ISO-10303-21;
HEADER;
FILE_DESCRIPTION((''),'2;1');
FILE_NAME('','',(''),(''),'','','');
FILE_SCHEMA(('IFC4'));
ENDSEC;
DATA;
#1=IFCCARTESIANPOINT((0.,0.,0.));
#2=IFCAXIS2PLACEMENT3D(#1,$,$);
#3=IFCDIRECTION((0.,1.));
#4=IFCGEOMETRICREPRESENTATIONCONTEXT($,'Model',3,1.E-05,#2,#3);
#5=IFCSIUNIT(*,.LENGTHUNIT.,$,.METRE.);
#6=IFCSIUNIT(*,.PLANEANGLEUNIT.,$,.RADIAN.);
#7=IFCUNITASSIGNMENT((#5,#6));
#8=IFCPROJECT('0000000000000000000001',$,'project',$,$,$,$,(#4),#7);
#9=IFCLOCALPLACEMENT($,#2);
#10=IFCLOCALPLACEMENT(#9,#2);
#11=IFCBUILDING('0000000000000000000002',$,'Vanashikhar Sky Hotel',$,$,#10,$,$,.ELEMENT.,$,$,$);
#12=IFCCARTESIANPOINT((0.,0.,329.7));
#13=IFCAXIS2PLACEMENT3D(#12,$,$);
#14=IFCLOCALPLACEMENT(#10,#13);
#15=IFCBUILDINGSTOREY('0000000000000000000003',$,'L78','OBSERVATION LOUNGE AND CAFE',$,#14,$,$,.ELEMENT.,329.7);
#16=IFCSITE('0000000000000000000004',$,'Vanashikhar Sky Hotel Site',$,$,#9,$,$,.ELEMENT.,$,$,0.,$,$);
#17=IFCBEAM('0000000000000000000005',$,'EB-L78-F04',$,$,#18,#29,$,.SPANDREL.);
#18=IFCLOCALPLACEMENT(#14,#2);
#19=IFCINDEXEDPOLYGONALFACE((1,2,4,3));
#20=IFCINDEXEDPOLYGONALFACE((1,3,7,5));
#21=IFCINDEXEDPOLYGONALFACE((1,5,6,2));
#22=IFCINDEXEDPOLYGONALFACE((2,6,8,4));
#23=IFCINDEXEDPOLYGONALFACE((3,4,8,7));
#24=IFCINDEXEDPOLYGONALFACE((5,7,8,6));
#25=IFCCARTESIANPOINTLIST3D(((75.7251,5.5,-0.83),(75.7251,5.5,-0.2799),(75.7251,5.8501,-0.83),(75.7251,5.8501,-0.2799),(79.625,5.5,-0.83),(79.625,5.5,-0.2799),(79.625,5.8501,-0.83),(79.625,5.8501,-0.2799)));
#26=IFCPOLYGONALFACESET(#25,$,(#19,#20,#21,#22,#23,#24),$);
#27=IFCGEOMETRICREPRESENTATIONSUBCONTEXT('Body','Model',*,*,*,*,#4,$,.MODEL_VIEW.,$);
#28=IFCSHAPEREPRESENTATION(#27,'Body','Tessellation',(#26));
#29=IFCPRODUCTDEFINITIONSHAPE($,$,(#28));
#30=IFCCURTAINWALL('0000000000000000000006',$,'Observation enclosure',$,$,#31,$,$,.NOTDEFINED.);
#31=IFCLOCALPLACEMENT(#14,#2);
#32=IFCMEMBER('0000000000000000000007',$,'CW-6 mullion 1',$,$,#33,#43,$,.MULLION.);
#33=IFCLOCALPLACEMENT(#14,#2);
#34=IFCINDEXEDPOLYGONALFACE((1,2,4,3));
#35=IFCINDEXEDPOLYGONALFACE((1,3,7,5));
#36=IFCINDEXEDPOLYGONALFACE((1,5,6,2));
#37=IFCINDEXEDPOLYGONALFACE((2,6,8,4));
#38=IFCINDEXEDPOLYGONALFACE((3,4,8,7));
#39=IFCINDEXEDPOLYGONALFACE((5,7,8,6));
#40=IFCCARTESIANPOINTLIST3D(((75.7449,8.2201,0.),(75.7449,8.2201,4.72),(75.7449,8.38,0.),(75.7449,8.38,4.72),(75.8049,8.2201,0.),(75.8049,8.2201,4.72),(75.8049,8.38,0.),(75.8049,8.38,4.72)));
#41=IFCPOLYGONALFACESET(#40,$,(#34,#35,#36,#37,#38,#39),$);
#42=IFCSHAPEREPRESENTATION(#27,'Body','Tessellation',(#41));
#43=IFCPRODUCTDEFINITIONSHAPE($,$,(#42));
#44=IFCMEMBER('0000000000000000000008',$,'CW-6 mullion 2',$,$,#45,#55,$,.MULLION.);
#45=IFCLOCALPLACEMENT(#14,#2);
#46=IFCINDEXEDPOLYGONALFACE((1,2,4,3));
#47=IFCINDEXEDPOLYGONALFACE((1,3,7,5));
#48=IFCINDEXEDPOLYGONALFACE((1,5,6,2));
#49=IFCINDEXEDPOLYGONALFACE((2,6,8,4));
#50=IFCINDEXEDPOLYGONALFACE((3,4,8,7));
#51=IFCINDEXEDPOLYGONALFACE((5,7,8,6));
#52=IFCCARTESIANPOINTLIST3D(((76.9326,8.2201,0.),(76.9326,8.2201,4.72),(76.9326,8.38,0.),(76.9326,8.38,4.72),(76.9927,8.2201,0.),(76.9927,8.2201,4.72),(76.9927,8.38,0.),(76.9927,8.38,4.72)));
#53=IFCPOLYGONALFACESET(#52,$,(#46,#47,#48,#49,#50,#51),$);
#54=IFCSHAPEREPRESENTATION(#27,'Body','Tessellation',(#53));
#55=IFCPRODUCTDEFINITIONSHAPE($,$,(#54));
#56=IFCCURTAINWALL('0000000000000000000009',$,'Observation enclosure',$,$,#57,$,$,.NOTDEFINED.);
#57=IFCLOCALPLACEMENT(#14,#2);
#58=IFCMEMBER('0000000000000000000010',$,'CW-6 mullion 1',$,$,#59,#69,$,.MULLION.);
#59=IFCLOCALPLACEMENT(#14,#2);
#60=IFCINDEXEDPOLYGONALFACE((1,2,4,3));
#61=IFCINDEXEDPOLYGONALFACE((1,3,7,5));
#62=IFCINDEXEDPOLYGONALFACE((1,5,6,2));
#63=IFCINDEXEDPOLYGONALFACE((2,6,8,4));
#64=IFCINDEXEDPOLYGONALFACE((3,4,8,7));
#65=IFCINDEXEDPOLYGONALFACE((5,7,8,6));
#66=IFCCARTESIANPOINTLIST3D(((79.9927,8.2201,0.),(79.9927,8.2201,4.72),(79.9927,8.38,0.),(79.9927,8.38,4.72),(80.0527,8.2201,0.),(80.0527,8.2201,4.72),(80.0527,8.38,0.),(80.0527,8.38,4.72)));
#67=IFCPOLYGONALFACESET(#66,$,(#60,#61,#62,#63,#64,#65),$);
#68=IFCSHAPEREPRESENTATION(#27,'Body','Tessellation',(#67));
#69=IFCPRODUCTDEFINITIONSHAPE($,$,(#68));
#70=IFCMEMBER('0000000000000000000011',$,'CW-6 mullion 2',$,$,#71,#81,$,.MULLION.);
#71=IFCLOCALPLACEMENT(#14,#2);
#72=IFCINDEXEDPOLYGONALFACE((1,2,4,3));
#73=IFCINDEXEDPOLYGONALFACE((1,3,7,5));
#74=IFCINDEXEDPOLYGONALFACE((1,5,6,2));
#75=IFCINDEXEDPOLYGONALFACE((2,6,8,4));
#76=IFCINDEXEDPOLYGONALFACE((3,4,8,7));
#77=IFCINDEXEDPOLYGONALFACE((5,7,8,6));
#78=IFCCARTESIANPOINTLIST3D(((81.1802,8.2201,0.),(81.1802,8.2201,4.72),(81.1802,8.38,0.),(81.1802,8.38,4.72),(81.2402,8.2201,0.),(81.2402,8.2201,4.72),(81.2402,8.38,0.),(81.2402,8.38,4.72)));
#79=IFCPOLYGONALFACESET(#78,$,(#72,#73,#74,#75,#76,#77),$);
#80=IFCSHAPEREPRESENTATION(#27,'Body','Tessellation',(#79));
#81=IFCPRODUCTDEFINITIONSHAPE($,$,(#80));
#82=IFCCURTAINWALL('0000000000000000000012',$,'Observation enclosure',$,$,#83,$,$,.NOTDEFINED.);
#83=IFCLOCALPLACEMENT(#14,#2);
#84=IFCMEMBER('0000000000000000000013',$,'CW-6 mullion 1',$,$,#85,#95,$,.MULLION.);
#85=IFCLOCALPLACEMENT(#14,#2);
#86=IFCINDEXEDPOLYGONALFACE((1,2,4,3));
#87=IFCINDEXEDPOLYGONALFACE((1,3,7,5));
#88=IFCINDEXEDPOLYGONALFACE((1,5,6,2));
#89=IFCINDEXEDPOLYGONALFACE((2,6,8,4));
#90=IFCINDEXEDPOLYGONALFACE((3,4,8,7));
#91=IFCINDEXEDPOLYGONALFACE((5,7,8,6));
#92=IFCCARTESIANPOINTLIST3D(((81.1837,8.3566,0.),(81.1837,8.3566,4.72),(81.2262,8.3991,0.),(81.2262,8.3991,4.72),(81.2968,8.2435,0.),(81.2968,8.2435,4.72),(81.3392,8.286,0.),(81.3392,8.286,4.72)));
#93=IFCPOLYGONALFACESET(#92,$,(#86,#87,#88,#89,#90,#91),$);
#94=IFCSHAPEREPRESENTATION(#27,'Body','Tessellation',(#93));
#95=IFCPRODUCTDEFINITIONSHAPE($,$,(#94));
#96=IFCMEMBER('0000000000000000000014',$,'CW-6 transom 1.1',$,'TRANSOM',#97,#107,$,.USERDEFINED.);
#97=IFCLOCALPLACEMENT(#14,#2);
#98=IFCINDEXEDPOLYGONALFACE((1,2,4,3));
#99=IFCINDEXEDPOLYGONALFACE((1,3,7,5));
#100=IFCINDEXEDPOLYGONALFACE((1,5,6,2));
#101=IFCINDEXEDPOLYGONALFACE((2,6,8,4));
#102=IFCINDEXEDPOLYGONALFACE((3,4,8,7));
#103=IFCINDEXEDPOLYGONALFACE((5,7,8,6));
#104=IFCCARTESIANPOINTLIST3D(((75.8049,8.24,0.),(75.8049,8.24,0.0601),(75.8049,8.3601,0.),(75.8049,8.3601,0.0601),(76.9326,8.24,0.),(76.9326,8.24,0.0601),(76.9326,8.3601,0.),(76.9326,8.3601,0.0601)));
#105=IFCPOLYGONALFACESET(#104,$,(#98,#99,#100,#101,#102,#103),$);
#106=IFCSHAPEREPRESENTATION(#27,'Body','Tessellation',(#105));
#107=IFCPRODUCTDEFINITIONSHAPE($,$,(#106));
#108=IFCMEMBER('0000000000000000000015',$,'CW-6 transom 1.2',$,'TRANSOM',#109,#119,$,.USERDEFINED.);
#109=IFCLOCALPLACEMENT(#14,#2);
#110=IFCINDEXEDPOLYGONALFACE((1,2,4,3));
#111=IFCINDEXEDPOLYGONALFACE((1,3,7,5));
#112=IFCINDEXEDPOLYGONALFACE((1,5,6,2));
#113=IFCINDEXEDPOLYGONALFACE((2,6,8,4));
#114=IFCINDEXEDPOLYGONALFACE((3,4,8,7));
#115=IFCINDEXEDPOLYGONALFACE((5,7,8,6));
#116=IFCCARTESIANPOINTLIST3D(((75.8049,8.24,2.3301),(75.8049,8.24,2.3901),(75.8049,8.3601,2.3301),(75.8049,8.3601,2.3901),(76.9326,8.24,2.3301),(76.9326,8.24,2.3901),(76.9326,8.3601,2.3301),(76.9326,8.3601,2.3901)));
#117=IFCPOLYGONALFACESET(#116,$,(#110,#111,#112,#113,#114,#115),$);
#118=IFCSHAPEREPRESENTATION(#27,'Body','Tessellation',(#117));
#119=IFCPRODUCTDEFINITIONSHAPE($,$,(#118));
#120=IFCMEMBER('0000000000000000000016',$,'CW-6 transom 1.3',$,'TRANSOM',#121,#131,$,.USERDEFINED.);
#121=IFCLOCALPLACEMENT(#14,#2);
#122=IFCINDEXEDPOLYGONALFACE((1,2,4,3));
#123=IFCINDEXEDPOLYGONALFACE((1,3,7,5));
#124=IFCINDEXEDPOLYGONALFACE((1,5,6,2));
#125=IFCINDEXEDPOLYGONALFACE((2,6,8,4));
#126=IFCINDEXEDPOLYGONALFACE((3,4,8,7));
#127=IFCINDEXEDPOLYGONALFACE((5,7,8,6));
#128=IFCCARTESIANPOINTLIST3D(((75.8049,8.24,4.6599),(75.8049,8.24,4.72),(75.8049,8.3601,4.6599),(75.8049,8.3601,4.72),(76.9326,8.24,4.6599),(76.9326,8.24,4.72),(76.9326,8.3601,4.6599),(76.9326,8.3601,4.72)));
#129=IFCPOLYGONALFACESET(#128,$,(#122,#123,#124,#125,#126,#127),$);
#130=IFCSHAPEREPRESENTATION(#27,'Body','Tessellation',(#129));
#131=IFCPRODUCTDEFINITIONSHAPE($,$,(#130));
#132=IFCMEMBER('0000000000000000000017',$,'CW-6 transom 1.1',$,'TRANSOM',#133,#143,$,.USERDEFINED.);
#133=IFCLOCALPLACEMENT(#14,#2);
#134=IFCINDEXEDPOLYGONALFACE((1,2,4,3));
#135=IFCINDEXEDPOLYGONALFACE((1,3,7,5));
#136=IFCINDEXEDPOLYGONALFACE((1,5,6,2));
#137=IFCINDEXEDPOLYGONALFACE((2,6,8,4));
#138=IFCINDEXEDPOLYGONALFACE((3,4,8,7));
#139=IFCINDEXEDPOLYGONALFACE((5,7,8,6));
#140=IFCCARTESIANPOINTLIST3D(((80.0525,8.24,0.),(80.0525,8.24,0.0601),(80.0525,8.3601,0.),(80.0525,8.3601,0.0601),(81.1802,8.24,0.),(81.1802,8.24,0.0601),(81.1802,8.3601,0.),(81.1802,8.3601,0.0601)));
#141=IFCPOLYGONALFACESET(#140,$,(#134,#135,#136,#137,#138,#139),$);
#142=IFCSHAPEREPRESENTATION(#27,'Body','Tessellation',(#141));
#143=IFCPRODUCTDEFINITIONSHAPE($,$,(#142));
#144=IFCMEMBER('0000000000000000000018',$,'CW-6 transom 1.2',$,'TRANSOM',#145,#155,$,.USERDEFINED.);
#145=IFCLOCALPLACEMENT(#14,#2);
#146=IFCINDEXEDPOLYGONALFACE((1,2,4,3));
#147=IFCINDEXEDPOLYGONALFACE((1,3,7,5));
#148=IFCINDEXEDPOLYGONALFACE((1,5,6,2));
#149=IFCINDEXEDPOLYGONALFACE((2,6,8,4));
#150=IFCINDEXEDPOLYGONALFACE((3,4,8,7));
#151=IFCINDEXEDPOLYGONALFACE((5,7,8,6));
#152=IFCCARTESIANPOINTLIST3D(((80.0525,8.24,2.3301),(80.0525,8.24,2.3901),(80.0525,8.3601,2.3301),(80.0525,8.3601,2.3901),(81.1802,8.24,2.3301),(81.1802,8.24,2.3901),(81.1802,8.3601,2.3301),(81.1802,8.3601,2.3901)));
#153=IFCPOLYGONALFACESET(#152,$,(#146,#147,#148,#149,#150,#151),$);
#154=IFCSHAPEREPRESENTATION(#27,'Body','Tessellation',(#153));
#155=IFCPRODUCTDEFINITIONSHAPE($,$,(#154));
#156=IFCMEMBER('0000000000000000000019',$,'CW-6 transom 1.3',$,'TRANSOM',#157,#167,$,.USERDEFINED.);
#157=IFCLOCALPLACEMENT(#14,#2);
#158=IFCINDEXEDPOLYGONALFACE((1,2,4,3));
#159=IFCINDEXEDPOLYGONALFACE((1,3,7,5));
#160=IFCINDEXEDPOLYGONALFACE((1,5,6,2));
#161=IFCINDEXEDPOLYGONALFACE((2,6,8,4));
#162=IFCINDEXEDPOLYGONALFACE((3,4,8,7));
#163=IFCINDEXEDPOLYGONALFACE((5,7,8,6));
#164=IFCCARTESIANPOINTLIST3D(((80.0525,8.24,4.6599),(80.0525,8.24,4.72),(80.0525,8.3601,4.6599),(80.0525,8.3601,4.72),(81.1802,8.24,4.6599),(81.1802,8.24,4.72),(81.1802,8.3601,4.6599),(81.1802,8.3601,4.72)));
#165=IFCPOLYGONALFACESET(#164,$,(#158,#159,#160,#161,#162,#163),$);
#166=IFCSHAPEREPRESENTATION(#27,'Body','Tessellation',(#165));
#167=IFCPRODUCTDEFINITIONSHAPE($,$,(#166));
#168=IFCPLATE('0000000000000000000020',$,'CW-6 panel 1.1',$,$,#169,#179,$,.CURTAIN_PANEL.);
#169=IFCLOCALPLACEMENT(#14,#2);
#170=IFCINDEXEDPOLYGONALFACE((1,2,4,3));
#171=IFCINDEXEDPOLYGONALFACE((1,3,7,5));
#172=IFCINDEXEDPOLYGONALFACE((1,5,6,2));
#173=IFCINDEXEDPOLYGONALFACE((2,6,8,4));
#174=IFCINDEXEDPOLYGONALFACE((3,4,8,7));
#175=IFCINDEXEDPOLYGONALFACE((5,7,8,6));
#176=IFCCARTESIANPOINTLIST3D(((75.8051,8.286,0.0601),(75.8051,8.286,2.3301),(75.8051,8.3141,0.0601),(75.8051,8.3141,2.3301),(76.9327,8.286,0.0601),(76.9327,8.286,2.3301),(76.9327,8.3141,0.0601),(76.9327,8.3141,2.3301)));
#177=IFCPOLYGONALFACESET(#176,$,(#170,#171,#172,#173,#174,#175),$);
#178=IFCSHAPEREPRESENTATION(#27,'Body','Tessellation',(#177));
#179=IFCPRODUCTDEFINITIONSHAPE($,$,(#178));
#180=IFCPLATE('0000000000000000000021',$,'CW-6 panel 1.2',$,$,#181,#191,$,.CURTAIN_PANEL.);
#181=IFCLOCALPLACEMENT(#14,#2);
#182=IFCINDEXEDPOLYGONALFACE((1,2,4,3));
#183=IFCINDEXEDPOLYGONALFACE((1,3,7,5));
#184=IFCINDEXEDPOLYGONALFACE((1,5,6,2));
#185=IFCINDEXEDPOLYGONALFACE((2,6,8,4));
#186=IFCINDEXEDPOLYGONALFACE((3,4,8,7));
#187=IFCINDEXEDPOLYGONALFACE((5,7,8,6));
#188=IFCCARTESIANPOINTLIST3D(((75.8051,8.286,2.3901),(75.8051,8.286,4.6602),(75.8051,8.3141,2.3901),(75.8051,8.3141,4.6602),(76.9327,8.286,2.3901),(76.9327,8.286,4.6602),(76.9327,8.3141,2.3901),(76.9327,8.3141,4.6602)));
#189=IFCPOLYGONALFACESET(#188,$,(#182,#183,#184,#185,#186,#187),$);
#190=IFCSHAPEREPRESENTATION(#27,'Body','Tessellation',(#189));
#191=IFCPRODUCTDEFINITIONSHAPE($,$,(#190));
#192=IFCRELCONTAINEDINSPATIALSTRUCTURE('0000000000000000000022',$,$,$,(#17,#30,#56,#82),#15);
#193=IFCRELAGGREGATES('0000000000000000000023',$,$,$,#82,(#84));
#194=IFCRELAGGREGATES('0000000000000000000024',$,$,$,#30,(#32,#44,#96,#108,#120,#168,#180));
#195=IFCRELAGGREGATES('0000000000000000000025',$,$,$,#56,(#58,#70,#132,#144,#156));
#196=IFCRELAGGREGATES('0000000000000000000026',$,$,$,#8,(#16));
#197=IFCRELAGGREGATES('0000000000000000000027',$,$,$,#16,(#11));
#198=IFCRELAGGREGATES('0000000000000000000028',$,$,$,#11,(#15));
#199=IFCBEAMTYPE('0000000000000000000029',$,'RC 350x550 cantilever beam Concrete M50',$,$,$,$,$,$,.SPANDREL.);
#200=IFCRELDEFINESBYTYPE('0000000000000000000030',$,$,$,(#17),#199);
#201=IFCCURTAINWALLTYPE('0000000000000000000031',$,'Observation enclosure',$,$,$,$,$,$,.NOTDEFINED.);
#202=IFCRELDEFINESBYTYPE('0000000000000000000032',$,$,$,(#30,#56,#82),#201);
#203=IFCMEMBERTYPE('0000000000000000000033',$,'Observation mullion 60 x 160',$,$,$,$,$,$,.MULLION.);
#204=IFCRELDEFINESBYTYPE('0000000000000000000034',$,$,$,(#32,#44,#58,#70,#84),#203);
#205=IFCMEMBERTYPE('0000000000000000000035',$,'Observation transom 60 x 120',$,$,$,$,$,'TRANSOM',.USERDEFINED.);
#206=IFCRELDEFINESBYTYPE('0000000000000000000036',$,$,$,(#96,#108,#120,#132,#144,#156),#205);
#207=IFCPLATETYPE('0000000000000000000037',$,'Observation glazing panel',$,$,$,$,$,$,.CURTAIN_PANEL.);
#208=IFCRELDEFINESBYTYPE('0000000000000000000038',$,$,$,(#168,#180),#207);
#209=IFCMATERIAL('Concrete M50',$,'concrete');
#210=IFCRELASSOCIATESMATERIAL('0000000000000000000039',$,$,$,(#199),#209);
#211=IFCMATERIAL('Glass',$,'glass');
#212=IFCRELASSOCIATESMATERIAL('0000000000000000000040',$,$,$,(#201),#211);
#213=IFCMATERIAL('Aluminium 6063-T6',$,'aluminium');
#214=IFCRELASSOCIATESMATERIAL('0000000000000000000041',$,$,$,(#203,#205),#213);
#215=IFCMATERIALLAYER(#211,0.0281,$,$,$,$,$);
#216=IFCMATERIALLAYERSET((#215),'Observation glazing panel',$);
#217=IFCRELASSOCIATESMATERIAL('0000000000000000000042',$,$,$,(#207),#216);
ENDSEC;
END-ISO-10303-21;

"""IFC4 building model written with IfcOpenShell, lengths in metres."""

from ifc_helpers import new_model, si_unit, direction, frame, origin, origin_2d, place, context, subcontext, project, spatial, rectangle, extrude, source, transform, mapped, material, layer, layer_set, material_profile, profile_set, type_object, element, aggregate, save


model = new_model("IFC4")

# Units and contexts
model_context = context("Model", 3, precision=1e-05, world=origin(), true_north=direction((0.0, 1.0)))
body_context = subcontext(model_context, "Body", "Model", "MODEL_VIEW")
ifc_project = project(units=[si_unit("LENGTHUNIT", "METRE"), si_unit("PLANEANGLEUNIT", "RADIAN")], contexts=[model_context])

# Site, building, storey
site_placement = place(None, origin())
site = spatial("IfcSite", under=ifc_project, at=site_placement, Name="Vanashikhar Sky Hotel Site", CompositionType="ELEMENT", RefElevation=0.0)
building_placement = place(site_placement, origin())
building = spatial("IfcBuilding", under=site, at=building_placement, Name="Vanashikhar Sky Hotel", CompositionType="ELEMENT")
storey_placement = place(building_placement, frame((0.0, 0.0, 329.7)))
storey = spatial("IfcBuildingStorey", under=building, at=storey_placement, Name="L78", Description="OBSERVATION LOUNGE AND CAFE", CompositionType="ELEMENT", Elevation=329.7)

# Beam
ifc_material_1 = material(Name="Concrete M50", Category="concrete")
ifc_material_profile_1 = material_profile(ifc_material_1, rectangle(XDim=0.3501, YDim=0.55, at=origin_2d()))
ifc_profile_set_1 = profile_set([ifc_material_profile_1], Name="RC 350x550 cantilever beam Concrete M50")
beam_type = type_object("IfcBeamType", Name="RC 350x550 cantilever beam Concrete M50", PredefinedType="SPANDREL", material=ifc_profile_set_1)
shared_shape_1 = source(origin(), body_context, "Body", "SweptSolid", [
    extrude(rectangle(XDim=0.3501, YDim=0.55, at=origin_2d()), origin(), (0.0, 0.0, 1.0), 3.8999),
])
beam_placement = place(storey_placement, frame((75.7251, 5.675, -0.5549), z_axis=(1.0, 0.0, 0.0), x_axis=(0.0, 1.0, 0.0)))
element("IfcBeam", 1, at=beam_placement, inside=storey, type_object=beam_type, Name="EB-L78-F04", PredefinedType="SPANDREL", context=body_context, shape_type="MappedRepresentation", body=[
    mapped(shared_shape_1, transform((0.0, 0.0, 0.0), scale=1.0)),
])

# Curtain walls, members
ifc_material_2 = material(Name="Glass", Category="glass")
curtain_wall_type = type_object("IfcCurtainWallType", Name="Observation enclosure", PredefinedType="NOTDEFINED", material=ifc_material_2)
curtain_wall_1_placement = place(storey_placement, origin())
curtain_wall_1 = element("IfcCurtainWall", 2, at=curtain_wall_1_placement, inside=storey, type_object=curtain_wall_type, Name="Observation enclosure", PredefinedType="NOTDEFINED")
ifc_material_3 = material(Name="Aluminium 6063-T6", Category="aluminium")
ifc_material_profile_2 = material_profile(ifc_material_3, rectangle(XDim=0.1599, YDim=0.0601, at=origin_2d()))
ifc_profile_set_2 = profile_set([ifc_material_profile_2], Name="Aluminium 6063-T6")
member_type_1 = type_object("IfcMemberType", Name="Observation mullion 60 x 160", PredefinedType="MULLION", material=ifc_profile_set_2)
shared_shape_2 = source(origin(), body_context, "Body", "SweptSolid", [
    extrude(rectangle(XDim=0.1599, YDim=0.0601, at=origin_2d()), origin(), (0.0, 0.0, 1.0), 4.72),
])
member_1_placement = place(storey_placement, frame((75.7749, 8.3, 0.0), z_axis=(0.0, 0.0, 1.0), x_axis=(0.0, 1.0, 0.0)))
member_1 = element("IfcMember", 3, at=member_1_placement, type_object=member_type_1, Name="CW-6 mullion 1", PredefinedType="MULLION", context=body_context, shape_type="MappedRepresentation", body=[
    mapped(shared_shape_2, transform((0.0, 0.0, 0.0), scale=1.0)),
])
member_2_placement = place(storey_placement, frame((76.9626, 8.3, 0.0), z_axis=(0.0, 0.0, 1.0), x_axis=(0.0, 1.0, 0.0)))
member_2 = element("IfcMember", 4, at=member_2_placement, type_object=member_type_1, Name="CW-6 mullion 2", PredefinedType="MULLION", context=body_context, shape_type="MappedRepresentation", body=[
    mapped(shared_shape_2, transform((0.0, 0.0, 0.0), scale=1.0)),
])
curtain_wall_2_placement = place(storey_placement, origin())
curtain_wall_2 = element("IfcCurtainWall", 5, at=curtain_wall_2_placement, inside=storey, type_object=curtain_wall_type, Name="Observation enclosure", PredefinedType="NOTDEFINED")
member_3_placement = place(storey_placement, frame((80.0227, 8.3, 0.0), z_axis=(0.0, 0.0, 1.0), x_axis=(0.0, 1.0, 0.0)))
member_3 = element("IfcMember", 6, at=member_3_placement, type_object=member_type_1, Name="CW-6 mullion 1", PredefinedType="MULLION", context=body_context, shape_type="MappedRepresentation", body=[
    mapped(shared_shape_2, transform((0.0, 0.0, 0.0), scale=1.0)),
])
member_4_placement = place(storey_placement, frame((81.2102, 8.3, 0.0), z_axis=(0.0, 0.0, 1.0), x_axis=(0.0, 1.0, 0.0)))
member_4 = element("IfcMember", 7, at=member_4_placement, type_object=member_type_1, Name="CW-6 mullion 2", PredefinedType="MULLION", context=body_context, shape_type="MappedRepresentation", body=[
    mapped(shared_shape_2, transform((0.0, 0.0, 0.0), scale=1.0)),
])

# Curtain wall, member
curtain_wall_3_placement = place(storey_placement, origin())
curtain_wall_3 = element("IfcCurtainWall", 8, at=curtain_wall_3_placement, inside=storey, type_object=curtain_wall_type, Name="Observation enclosure", PredefinedType="NOTDEFINED")
member_5_placement = place(storey_placement, frame((81.2615, 8.3213, 0.0), z_axis=(0.0, 0.0, 1.0), x_axis=(-0.707107, 0.707107, 0.0)))
member_5 = element("IfcMember", 9, at=member_5_placement, type_object=member_type_1, Name="CW-6 mullion 1", PredefinedType="MULLION", context=body_context, shape_type="MappedRepresentation", body=[
    mapped(shared_shape_2, transform((0.0, 0.0, 0.0), scale=1.0)),
])
aggregate(curtain_wall_3, [member_5])

# Members
ifc_material_profile_3 = material_profile(ifc_material_3, rectangle(XDim=0.1201, YDim=0.0601, at=origin_2d()))
ifc_profile_set_3 = profile_set([ifc_material_profile_3], Name="Aluminium 6063-T6")
member_type_2 = type_object("IfcMemberType", Name="Observation transom 60 x 120", ElementType="TRANSOM", PredefinedType="USERDEFINED", material=ifc_profile_set_3)
shared_shape_3 = source(origin(), body_context, "Body", "SweptSolid", [
    extrude(rectangle(XDim=0.1201, YDim=0.0601, at=origin_2d()), origin(), (0.0, 0.0, 1.0), 1.1277),
])
member_6_placement = place(storey_placement, frame((75.8049, 8.3, 0.03), z_axis=(1.0, 0.0, 0.0), x_axis=(0.0, 1.0, 0.0)))
member_6 = element("IfcMember", 10, at=member_6_placement, type_object=member_type_2, Name="CW-6 transom 1.1", ObjectType="TRANSOM", PredefinedType="USERDEFINED", context=body_context, shape_type="MappedRepresentation", body=[
    mapped(shared_shape_3, transform((0.0, 0.0, 0.0), scale=1.0)),
])
member_7_placement = place(storey_placement, frame((75.8049, 8.3, 2.3601), z_axis=(1.0, 0.0, 0.0), x_axis=(0.0, 1.0, 0.0)))
member_7 = element("IfcMember", 11, at=member_7_placement, type_object=member_type_2, Name="CW-6 transom 1.2", ObjectType="TRANSOM", PredefinedType="USERDEFINED", context=body_context, shape_type="MappedRepresentation", body=[
    mapped(shared_shape_3, transform((0.0, 0.0, 0.0), scale=1.0)),
])
member_8_placement = place(storey_placement, frame((75.8049, 8.3, 4.6899), z_axis=(1.0, 0.0, 0.0), x_axis=(0.0, 1.0, 0.0)))
member_8 = element("IfcMember", 12, at=member_8_placement, type_object=member_type_2, Name="CW-6 transom 1.3", ObjectType="TRANSOM", PredefinedType="USERDEFINED", context=body_context, shape_type="MappedRepresentation", body=[
    mapped(shared_shape_3, transform((0.0, 0.0, 0.0), scale=1.0)),
])
member_9_placement = place(storey_placement, frame((80.0525, 8.3, 0.03), z_axis=(1.0, 0.0, 0.0), x_axis=(0.0, 1.0, 0.0)))
member_9 = element("IfcMember", 13, at=member_9_placement, type_object=member_type_2, Name="CW-6 transom 1.1", ObjectType="TRANSOM", PredefinedType="USERDEFINED", context=body_context, shape_type="MappedRepresentation", body=[
    mapped(shared_shape_3, transform((0.0, 0.0, 0.0), scale=1.0)),
])
member_10_placement = place(storey_placement, frame((80.0525, 8.3, 2.3601), z_axis=(1.0, 0.0, 0.0), x_axis=(0.0, 1.0, 0.0)))
member_10 = element("IfcMember", 14, at=member_10_placement, type_object=member_type_2, Name="CW-6 transom 1.2", ObjectType="TRANSOM", PredefinedType="USERDEFINED", context=body_context, shape_type="MappedRepresentation", body=[
    mapped(shared_shape_3, transform((0.0, 0.0, 0.0), scale=1.0)),
])
member_11_placement = place(storey_placement, frame((80.0525, 8.3, 4.6899), z_axis=(1.0, 0.0, 0.0), x_axis=(0.0, 1.0, 0.0)))
member_11 = element("IfcMember", 15, at=member_11_placement, type_object=member_type_2, Name="CW-6 transom 1.3", ObjectType="TRANSOM", PredefinedType="USERDEFINED", context=body_context, shape_type="MappedRepresentation", body=[
    mapped(shared_shape_3, transform((0.0, 0.0, 0.0), scale=1.0)),
])

# Plates
ifc_layer_1 = layer(ifc_material_2, 0.0281)
ifc_layer_set_1 = layer_set([ifc_layer_1], Name="Observation glazing panel")
plate_type_1 = type_object("IfcPlateType", Name="Observation glazing panel", PredefinedType="CURTAIN_PANEL", material=ifc_layer_set_1)
shared_shape_4 = source(origin(), body_context, "Body", "SweptSolid", [
    extrude(rectangle(XDim=1.1277, YDim=0.0281, at=origin_2d()), origin(), (0.0, 0.0, 1.0), 2.27),
])
plate_1_placement = place(storey_placement, frame((76.3689, 8.3, 0.0601), z_axis=(0.0, 0.0, 1.0), x_axis=(1.0, 0.0, 0.0)))
plate_1 = element("IfcPlate", 16, at=plate_1_placement, type_object=plate_type_1, Name="CW-6 panel 1.1", PredefinedType="CURTAIN_PANEL", context=body_context, shape_type="MappedRepresentation", body=[
    mapped(shared_shape_4, transform((0.0, 0.0, 0.0), scale=1.0)),
])
plate_2_placement = place(storey_placement, frame((76.3689, 8.3, 2.3901), z_axis=(0.0, 0.0, 1.0), x_axis=(1.0, 0.0, 0.0)))
plate_2 = element("IfcPlate", 17, at=plate_2_placement, type_object=plate_type_1, Name="CW-6 panel 1.2", PredefinedType="CURTAIN_PANEL", context=body_context, shape_type="MappedRepresentation", body=[
    mapped(shared_shape_4, transform((0.0, 0.0, 0.0), scale=1.0)),
])
aggregate(curtain_wall_1, [member_1, member_2, member_6, member_7, member_8, plate_1, plate_2])
aggregate(curtain_wall_2, [member_3, member_4, member_9, member_10, member_11])

save(model, "model.ifc")
